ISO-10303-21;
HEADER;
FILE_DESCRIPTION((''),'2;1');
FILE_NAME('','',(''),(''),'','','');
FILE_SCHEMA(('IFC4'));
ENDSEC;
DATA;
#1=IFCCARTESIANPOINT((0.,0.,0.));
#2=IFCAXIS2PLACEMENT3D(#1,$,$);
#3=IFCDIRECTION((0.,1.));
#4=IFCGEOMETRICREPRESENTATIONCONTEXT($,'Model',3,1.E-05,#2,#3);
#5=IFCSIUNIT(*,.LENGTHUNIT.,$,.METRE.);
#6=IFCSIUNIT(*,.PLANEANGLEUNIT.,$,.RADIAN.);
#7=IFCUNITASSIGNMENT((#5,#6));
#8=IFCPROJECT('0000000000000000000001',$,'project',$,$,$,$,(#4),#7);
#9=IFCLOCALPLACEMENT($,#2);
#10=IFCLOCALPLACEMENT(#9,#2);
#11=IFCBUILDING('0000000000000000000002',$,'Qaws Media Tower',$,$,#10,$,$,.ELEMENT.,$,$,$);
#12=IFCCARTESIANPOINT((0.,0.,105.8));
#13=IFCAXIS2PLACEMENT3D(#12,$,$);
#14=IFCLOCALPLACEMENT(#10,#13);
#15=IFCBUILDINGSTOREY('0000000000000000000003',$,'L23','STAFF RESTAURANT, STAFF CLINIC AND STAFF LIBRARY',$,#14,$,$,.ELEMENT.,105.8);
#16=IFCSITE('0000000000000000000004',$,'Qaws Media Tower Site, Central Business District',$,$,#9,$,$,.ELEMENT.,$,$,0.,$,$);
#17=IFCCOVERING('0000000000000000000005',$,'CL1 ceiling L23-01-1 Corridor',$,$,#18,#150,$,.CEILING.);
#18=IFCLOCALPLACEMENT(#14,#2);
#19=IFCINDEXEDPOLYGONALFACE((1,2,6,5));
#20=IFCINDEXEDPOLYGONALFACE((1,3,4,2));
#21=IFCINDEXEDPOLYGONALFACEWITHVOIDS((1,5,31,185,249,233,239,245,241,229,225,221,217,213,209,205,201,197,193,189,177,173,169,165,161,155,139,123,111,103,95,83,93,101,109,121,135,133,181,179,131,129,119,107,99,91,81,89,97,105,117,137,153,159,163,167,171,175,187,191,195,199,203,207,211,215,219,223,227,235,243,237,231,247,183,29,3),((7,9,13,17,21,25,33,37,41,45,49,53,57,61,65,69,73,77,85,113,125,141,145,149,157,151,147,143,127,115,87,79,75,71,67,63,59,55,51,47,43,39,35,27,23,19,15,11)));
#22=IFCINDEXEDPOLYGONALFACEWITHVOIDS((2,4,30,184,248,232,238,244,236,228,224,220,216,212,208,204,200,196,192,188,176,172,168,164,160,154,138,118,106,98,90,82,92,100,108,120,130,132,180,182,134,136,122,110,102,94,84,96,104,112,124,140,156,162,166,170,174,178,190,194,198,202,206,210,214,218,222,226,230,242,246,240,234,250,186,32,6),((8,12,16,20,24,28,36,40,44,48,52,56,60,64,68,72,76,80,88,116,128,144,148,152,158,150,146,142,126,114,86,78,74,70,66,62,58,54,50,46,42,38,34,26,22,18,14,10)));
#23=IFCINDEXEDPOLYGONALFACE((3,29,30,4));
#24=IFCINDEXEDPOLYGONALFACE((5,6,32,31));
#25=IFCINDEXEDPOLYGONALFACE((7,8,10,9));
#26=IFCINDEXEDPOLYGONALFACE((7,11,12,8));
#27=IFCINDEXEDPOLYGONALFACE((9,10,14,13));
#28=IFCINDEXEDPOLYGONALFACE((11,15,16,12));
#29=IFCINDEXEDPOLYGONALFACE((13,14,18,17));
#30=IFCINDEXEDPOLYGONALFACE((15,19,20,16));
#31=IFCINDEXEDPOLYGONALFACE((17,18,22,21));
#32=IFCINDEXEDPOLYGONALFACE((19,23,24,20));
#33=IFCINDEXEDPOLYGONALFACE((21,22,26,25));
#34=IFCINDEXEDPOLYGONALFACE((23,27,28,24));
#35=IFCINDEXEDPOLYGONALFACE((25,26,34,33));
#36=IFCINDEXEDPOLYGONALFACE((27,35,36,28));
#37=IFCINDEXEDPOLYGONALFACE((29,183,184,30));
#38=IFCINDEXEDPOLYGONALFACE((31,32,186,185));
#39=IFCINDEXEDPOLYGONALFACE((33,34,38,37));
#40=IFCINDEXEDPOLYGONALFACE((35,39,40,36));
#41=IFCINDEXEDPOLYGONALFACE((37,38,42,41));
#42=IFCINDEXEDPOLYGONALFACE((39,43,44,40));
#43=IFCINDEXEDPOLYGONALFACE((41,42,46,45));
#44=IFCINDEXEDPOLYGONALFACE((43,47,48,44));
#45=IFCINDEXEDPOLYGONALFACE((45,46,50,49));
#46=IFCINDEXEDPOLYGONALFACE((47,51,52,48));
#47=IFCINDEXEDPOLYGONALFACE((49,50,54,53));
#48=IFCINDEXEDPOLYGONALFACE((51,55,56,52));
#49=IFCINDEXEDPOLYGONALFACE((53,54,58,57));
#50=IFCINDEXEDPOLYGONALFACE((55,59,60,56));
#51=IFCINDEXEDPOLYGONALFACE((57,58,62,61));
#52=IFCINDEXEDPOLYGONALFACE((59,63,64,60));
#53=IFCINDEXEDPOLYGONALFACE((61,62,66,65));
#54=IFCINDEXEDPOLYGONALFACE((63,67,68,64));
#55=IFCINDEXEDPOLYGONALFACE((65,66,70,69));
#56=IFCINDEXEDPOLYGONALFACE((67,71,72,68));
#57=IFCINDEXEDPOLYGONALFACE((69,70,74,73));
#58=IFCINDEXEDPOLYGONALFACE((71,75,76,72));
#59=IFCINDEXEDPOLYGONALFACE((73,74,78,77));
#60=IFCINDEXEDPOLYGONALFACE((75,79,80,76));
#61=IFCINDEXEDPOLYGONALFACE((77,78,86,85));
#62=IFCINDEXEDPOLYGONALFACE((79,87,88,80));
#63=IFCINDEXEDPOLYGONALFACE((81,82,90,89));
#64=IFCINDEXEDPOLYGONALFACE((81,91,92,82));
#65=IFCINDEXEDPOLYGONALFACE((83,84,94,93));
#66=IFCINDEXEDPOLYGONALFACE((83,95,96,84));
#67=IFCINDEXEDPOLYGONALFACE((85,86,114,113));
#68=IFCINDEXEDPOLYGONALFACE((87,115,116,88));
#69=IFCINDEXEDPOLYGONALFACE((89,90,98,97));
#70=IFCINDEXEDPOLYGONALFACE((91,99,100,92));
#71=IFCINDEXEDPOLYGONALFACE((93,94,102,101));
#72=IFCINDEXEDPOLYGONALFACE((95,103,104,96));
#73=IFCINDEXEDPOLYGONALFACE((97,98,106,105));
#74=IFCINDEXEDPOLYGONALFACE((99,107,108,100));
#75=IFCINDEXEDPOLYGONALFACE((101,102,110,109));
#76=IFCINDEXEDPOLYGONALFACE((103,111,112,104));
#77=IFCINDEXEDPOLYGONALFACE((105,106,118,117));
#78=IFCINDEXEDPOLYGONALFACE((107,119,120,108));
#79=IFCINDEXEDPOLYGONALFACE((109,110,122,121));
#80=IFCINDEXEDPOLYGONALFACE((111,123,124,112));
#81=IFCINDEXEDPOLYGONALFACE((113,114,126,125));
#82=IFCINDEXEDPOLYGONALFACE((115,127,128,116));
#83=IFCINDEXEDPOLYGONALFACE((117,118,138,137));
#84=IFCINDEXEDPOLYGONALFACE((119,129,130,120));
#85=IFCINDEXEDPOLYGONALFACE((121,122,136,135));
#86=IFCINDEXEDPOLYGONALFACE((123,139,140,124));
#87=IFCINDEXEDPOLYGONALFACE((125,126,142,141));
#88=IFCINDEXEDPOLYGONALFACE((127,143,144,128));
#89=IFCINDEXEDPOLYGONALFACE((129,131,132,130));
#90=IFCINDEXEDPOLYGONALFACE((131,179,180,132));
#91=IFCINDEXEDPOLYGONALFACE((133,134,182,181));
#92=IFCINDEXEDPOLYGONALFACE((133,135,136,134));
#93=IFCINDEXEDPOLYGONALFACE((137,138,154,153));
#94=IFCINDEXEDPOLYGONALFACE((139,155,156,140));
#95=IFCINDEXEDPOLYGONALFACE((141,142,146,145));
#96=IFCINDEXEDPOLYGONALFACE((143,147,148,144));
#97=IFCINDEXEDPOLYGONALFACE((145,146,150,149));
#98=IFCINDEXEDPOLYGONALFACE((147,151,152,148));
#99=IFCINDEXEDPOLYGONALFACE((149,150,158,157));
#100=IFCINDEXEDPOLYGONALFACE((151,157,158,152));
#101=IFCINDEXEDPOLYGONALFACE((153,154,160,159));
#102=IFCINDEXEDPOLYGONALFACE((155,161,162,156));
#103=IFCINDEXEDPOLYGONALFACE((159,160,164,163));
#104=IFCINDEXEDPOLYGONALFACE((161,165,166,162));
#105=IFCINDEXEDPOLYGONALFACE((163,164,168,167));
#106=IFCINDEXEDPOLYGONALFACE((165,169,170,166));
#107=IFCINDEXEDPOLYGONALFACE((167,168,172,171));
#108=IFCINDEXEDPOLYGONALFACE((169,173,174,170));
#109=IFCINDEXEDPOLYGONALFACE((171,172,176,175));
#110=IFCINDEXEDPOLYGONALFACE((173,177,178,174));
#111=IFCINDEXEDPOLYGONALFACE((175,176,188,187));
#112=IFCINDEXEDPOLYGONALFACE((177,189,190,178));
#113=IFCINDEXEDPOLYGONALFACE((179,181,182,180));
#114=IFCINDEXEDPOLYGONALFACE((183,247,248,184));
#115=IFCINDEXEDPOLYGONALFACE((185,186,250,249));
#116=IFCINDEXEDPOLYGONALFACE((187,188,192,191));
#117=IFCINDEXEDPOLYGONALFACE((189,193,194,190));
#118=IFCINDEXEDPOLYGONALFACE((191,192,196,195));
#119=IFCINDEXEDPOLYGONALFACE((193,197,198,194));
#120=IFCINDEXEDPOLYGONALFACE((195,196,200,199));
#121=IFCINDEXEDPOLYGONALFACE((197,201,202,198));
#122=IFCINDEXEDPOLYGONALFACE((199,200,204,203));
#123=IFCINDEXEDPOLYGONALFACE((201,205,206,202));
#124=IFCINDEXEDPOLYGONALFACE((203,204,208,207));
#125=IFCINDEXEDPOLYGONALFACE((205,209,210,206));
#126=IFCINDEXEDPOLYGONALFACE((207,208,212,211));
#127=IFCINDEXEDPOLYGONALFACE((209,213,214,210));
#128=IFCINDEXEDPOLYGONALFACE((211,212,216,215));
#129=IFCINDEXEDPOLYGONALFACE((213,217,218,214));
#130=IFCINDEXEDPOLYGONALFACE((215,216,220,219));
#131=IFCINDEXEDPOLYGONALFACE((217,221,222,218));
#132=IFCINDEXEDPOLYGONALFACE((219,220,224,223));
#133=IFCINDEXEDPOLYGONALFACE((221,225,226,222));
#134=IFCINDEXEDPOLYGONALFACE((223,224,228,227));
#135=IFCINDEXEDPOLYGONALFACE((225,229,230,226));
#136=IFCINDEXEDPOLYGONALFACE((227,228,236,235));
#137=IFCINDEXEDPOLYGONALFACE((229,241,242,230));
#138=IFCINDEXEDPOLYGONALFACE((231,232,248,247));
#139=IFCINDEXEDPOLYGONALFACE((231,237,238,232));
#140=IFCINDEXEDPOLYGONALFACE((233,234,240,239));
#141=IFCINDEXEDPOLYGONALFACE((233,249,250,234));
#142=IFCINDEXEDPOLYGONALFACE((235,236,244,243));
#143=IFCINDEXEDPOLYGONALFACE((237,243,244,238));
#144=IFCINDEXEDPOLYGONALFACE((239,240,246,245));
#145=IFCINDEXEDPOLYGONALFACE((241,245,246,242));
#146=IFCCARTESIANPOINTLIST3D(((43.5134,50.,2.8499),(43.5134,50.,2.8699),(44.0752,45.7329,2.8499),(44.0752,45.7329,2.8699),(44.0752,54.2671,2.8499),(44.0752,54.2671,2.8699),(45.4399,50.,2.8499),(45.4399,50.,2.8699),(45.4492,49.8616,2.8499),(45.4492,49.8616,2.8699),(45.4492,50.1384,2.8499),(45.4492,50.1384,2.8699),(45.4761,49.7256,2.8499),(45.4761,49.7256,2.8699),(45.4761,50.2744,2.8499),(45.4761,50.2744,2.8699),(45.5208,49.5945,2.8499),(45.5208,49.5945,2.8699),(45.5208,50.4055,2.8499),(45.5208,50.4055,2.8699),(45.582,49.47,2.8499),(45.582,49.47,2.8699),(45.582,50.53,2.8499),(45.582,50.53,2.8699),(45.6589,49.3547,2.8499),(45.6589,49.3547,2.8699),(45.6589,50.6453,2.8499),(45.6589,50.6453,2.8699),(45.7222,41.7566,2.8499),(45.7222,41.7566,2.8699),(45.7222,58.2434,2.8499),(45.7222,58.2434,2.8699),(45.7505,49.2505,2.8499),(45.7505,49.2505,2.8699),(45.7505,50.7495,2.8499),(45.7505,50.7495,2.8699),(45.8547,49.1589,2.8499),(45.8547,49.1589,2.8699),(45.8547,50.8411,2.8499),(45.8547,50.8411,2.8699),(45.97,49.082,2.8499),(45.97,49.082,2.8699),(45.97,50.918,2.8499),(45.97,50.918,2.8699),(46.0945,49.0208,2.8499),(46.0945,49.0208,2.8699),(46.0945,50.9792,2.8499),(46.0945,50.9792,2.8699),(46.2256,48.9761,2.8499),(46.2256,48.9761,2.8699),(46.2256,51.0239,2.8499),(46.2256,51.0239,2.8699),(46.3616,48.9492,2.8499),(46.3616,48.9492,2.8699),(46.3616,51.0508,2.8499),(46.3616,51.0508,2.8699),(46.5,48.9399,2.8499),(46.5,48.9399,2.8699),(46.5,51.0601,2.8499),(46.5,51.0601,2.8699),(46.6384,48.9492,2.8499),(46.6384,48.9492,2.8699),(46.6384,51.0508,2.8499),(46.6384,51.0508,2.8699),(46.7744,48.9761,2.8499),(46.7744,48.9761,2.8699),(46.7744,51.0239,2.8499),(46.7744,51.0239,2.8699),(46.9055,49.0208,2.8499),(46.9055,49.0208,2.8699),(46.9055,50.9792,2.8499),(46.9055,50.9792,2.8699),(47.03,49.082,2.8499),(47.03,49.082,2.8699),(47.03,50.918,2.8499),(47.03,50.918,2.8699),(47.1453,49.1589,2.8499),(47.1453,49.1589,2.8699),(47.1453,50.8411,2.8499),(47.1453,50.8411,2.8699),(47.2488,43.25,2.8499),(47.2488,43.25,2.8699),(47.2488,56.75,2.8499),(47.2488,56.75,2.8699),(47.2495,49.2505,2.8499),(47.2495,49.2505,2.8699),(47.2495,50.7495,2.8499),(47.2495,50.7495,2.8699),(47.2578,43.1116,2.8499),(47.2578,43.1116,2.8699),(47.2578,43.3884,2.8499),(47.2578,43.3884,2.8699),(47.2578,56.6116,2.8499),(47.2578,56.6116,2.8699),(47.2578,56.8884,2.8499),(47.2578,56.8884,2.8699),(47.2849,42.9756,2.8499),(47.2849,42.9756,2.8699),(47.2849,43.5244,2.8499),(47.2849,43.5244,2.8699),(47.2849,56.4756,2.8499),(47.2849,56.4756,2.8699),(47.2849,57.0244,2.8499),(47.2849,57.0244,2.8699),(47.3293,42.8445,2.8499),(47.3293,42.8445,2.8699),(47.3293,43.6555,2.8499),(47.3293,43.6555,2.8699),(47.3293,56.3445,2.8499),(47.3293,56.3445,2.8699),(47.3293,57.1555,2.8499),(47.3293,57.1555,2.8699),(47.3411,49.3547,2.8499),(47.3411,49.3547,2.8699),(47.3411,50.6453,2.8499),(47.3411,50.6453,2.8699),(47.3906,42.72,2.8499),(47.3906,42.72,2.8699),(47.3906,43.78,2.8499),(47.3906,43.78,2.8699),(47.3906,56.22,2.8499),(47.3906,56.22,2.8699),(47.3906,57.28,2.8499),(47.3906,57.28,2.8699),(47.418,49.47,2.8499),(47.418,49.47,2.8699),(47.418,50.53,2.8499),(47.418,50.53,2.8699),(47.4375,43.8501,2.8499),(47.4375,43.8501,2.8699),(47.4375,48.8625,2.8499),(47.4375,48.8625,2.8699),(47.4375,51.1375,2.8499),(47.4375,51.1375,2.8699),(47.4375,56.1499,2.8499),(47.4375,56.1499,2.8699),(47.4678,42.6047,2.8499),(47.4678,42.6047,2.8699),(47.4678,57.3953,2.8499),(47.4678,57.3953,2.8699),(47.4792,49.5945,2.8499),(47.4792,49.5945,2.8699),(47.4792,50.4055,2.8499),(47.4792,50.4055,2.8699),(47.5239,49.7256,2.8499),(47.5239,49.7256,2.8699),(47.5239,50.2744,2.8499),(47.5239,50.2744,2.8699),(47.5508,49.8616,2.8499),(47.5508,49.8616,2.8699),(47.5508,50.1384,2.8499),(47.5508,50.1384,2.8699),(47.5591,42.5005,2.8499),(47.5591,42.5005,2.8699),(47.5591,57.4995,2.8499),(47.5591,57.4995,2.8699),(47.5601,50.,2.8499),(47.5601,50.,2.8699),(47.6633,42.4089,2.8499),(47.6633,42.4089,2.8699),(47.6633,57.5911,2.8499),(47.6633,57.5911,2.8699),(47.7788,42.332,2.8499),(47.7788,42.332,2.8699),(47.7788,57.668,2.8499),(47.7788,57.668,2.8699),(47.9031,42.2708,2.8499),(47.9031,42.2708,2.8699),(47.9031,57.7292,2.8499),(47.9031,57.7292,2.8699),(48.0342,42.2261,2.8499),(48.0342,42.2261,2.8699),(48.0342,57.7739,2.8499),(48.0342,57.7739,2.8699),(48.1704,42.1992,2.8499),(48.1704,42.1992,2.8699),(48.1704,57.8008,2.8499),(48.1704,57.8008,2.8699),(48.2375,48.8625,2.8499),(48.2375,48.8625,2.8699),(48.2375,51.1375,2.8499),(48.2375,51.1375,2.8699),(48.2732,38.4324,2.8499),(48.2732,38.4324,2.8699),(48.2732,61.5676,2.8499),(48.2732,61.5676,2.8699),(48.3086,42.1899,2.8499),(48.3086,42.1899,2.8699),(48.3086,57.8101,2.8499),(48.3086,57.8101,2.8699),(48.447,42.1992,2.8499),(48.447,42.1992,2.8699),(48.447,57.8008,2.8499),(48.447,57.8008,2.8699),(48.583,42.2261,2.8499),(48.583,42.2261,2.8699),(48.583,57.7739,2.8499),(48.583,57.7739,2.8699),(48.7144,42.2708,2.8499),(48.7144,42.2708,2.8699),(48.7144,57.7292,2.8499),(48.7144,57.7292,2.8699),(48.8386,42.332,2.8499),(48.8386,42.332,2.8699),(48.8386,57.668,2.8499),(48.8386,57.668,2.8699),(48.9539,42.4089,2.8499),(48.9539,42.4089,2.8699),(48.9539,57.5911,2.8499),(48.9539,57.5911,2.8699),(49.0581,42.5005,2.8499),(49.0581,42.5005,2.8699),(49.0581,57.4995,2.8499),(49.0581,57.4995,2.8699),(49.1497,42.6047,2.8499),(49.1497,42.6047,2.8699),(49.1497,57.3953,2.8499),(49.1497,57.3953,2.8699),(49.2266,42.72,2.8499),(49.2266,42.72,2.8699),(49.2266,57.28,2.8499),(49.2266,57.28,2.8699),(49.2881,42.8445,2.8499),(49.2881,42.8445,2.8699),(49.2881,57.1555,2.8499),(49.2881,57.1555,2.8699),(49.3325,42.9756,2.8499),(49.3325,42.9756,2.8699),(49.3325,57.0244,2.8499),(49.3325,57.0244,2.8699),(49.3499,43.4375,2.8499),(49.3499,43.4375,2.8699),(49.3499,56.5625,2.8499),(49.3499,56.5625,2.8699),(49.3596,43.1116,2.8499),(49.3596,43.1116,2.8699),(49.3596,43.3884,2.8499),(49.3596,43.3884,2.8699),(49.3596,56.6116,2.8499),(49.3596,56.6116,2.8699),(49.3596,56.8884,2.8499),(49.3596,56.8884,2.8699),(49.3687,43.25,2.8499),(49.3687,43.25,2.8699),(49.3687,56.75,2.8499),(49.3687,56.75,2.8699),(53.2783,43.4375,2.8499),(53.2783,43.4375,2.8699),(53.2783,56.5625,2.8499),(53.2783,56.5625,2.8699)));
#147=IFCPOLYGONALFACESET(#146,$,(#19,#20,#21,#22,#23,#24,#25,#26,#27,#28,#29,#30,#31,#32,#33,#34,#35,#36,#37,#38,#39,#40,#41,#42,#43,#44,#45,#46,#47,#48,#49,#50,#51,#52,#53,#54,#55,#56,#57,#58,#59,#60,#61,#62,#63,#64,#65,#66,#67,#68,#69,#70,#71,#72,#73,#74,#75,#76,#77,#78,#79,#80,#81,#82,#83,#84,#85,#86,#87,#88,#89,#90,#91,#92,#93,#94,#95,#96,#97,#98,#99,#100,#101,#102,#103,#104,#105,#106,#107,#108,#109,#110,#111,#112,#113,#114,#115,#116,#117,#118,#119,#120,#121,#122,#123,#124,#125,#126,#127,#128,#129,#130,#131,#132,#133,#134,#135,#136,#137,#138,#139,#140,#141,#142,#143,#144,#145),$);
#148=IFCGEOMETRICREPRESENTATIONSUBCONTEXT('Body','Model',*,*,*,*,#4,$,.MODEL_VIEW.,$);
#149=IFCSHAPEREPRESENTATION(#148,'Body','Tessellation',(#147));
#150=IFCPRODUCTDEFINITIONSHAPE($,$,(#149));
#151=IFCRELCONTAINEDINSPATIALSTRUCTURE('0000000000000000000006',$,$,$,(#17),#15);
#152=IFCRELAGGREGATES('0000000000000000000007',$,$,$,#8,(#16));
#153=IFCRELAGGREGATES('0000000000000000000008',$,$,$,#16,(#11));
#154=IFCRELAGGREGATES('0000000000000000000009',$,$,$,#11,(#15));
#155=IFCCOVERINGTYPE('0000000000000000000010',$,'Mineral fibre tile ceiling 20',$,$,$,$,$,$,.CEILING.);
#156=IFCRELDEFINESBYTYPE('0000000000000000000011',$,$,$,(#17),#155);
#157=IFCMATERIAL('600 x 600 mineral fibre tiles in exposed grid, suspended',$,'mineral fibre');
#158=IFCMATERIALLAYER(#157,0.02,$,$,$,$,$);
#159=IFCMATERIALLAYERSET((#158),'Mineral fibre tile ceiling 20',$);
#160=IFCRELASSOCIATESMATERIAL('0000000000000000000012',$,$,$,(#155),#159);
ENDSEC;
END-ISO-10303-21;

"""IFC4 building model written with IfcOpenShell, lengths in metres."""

from ifc_helpers import new_model, si_unit, direction, frame, origin, place, context, subcontext, project, spatial, polyline, outline, extrude, material, layer, layer_set, type_object, element, save


model = new_model("IFC4")

# Units and contexts
model_context = context("Model", 3, precision=1e-05, world=origin(), true_north=direction((0.0, 1.0)))
body_context = subcontext(model_context, "Body", "Model", "MODEL_VIEW")
ifc_project = project(units=[si_unit("LENGTHUNIT", "METRE"), si_unit("PLANEANGLEUNIT", "RADIAN")], contexts=[model_context])

# Site, building, storey
site_placement = place(None, origin())
site = spatial("IfcSite", under=ifc_project, at=site_placement, Name="Qaws Media Tower Site, Central Business District", CompositionType="ELEMENT", RefElevation=0.0)
building_placement = place(site_placement, origin())
building = spatial("IfcBuilding", under=site, at=building_placement, Name="Qaws Media Tower", CompositionType="ELEMENT")
storey_placement = place(building_placement, frame((0.0, 0.0, 105.8)))
storey = spatial("IfcBuildingStorey", under=building, at=storey_placement, Name="L23", Description="STAFF RESTAURANT, STAFF CLINIC AND STAFF LIBRARY", CompositionType="ELEMENT", Elevation=105.8)

# Covering
ifc_material_1 = material(Name="600 x 600 mineral fibre tiles in exposed grid, suspended", Category="mineral fibre")
ifc_layer_1 = layer(ifc_material_1, 0.02)
ifc_layer_set_1 = layer_set([ifc_layer_1], Name="Mineral fibre tile ceiling 20")
covering_type_1 = type_object("IfcCoveringType", Name="Mineral fibre tile ceiling 20", PredefinedType="CEILING", material=ifc_layer_set_1)
covering_1_placement = place(storey_placement, frame((0.0, 0.0, 2.8499)))
element("IfcCovering", 1, at=covering_1_placement, inside=storey, type_object=covering_type_1, Name="CL1 ceiling L23-01-1 Corridor", PredefinedType="CEILING", context=body_context, shape_type="SweptSolid", body=[
    extrude(outline(polyline([(45.7222, 41.7566), (44.0752, 45.7329), (43.5134, 50.0), (44.0752, 54.2671), (45.7222, 58.2434), (48.2732, 61.5676), (53.2783, 56.5625), (49.3499, 56.5625), (49.3596, 56.6116), (49.3687, 56.75), (49.3596, 56.8884), (49.3325, 57.0244), (49.2881, 57.1555), (49.2266, 57.28), (49.1497, 57.3953), (49.0581, 57.4995), (48.9539, 57.5911), (48.8386, 57.668), (48.7144, 57.7292), (48.583, 57.7739), (48.447, 57.8008), (48.3086, 57.8101), (48.1704, 57.8008), (48.0342, 57.7739), (47.9031, 57.7292), (47.7788, 57.668), (47.6633, 57.5911), (47.5591, 57.4995), (47.4678, 57.3953), (47.3906, 57.28), (47.3293, 57.1555), (47.2849, 57.0244), (47.2578, 56.8884), (47.2488, 56.75), (47.2578, 56.6116), (47.2849, 56.4756), (47.3293, 56.3445), (47.3906, 56.22), (47.4375, 56.1499), (47.4375, 51.1375), (48.2375, 51.1375), (48.2375, 48.8625), (47.4375, 48.8625), (47.4375, 43.8501), (47.3906, 43.78), (47.3293, 43.6555), (47.2849, 43.5244), (47.2578, 43.3884), (47.2488, 43.25), (47.2578, 43.1116), (47.2849, 42.9756), (47.3293, 42.8445), (47.3906, 42.72), (47.4678, 42.6047), (47.5591, 42.5005), (47.6633, 42.4089), (47.7788, 42.332), (47.9031, 42.2708), (48.0342, 42.2261), (48.1704, 42.1992), (48.3086, 42.1899), (48.447, 42.1992), (48.583, 42.2261), (48.7144, 42.2708), (48.8386, 42.332), (48.9539, 42.4089), (49.0581, 42.5005), (49.1497, 42.6047), (49.2266, 42.72), (49.2881, 42.8445), (49.3325, 42.9756), (49.3596, 43.1116), (49.3687, 43.25), (49.3596, 43.3884), (49.3499, 43.4375), (53.2783, 43.4375), (48.2732, 38.4324), (45.7222, 41.7566)]), holes=[polyline([(47.4792, 49.5945), (47.5239, 49.7256), (47.5508, 49.8616), (47.5601, 50.0), (47.5508, 50.1384), (47.5239, 50.2744), (47.4792, 50.4055), (47.418, 50.53), (47.3411, 50.6453), (47.2495, 50.7495), (47.1453, 50.8411), (47.03, 50.918), (46.9055, 50.9792), (46.7744, 51.0239), (46.6384, 51.0508), (46.5, 51.0601), (46.3616, 51.0508), (46.2256, 51.0239), (46.0945, 50.9792), (45.97, 50.918), (45.8547, 50.8411), (45.7505, 50.7495), (45.6589, 50.6453), (45.582, 50.53), (45.5208, 50.4055), (45.4761, 50.2744), (45.4492, 50.1384), (45.4399, 50.0), (45.4492, 49.8616), (45.4761, 49.7256), (45.5208, 49.5945), (45.582, 49.47), (45.6589, 49.3547), (45.7505, 49.2505), (45.8547, 49.1589), (45.97, 49.082), (46.0945, 49.0208), (46.2256, 48.9761), (46.3616, 48.9492), (46.5, 48.9399), (46.6384, 48.9492), (46.7744, 48.9761), (46.9055, 49.0208), (47.03, 49.082), (47.1453, 49.1589), (47.2495, 49.2505), (47.3411, 49.3547), (47.418, 49.47), (47.4792, 49.5945)])]), origin(), (0.0, 0.0, 1.0), 0.02),
])

save(model, "model.ifc")
